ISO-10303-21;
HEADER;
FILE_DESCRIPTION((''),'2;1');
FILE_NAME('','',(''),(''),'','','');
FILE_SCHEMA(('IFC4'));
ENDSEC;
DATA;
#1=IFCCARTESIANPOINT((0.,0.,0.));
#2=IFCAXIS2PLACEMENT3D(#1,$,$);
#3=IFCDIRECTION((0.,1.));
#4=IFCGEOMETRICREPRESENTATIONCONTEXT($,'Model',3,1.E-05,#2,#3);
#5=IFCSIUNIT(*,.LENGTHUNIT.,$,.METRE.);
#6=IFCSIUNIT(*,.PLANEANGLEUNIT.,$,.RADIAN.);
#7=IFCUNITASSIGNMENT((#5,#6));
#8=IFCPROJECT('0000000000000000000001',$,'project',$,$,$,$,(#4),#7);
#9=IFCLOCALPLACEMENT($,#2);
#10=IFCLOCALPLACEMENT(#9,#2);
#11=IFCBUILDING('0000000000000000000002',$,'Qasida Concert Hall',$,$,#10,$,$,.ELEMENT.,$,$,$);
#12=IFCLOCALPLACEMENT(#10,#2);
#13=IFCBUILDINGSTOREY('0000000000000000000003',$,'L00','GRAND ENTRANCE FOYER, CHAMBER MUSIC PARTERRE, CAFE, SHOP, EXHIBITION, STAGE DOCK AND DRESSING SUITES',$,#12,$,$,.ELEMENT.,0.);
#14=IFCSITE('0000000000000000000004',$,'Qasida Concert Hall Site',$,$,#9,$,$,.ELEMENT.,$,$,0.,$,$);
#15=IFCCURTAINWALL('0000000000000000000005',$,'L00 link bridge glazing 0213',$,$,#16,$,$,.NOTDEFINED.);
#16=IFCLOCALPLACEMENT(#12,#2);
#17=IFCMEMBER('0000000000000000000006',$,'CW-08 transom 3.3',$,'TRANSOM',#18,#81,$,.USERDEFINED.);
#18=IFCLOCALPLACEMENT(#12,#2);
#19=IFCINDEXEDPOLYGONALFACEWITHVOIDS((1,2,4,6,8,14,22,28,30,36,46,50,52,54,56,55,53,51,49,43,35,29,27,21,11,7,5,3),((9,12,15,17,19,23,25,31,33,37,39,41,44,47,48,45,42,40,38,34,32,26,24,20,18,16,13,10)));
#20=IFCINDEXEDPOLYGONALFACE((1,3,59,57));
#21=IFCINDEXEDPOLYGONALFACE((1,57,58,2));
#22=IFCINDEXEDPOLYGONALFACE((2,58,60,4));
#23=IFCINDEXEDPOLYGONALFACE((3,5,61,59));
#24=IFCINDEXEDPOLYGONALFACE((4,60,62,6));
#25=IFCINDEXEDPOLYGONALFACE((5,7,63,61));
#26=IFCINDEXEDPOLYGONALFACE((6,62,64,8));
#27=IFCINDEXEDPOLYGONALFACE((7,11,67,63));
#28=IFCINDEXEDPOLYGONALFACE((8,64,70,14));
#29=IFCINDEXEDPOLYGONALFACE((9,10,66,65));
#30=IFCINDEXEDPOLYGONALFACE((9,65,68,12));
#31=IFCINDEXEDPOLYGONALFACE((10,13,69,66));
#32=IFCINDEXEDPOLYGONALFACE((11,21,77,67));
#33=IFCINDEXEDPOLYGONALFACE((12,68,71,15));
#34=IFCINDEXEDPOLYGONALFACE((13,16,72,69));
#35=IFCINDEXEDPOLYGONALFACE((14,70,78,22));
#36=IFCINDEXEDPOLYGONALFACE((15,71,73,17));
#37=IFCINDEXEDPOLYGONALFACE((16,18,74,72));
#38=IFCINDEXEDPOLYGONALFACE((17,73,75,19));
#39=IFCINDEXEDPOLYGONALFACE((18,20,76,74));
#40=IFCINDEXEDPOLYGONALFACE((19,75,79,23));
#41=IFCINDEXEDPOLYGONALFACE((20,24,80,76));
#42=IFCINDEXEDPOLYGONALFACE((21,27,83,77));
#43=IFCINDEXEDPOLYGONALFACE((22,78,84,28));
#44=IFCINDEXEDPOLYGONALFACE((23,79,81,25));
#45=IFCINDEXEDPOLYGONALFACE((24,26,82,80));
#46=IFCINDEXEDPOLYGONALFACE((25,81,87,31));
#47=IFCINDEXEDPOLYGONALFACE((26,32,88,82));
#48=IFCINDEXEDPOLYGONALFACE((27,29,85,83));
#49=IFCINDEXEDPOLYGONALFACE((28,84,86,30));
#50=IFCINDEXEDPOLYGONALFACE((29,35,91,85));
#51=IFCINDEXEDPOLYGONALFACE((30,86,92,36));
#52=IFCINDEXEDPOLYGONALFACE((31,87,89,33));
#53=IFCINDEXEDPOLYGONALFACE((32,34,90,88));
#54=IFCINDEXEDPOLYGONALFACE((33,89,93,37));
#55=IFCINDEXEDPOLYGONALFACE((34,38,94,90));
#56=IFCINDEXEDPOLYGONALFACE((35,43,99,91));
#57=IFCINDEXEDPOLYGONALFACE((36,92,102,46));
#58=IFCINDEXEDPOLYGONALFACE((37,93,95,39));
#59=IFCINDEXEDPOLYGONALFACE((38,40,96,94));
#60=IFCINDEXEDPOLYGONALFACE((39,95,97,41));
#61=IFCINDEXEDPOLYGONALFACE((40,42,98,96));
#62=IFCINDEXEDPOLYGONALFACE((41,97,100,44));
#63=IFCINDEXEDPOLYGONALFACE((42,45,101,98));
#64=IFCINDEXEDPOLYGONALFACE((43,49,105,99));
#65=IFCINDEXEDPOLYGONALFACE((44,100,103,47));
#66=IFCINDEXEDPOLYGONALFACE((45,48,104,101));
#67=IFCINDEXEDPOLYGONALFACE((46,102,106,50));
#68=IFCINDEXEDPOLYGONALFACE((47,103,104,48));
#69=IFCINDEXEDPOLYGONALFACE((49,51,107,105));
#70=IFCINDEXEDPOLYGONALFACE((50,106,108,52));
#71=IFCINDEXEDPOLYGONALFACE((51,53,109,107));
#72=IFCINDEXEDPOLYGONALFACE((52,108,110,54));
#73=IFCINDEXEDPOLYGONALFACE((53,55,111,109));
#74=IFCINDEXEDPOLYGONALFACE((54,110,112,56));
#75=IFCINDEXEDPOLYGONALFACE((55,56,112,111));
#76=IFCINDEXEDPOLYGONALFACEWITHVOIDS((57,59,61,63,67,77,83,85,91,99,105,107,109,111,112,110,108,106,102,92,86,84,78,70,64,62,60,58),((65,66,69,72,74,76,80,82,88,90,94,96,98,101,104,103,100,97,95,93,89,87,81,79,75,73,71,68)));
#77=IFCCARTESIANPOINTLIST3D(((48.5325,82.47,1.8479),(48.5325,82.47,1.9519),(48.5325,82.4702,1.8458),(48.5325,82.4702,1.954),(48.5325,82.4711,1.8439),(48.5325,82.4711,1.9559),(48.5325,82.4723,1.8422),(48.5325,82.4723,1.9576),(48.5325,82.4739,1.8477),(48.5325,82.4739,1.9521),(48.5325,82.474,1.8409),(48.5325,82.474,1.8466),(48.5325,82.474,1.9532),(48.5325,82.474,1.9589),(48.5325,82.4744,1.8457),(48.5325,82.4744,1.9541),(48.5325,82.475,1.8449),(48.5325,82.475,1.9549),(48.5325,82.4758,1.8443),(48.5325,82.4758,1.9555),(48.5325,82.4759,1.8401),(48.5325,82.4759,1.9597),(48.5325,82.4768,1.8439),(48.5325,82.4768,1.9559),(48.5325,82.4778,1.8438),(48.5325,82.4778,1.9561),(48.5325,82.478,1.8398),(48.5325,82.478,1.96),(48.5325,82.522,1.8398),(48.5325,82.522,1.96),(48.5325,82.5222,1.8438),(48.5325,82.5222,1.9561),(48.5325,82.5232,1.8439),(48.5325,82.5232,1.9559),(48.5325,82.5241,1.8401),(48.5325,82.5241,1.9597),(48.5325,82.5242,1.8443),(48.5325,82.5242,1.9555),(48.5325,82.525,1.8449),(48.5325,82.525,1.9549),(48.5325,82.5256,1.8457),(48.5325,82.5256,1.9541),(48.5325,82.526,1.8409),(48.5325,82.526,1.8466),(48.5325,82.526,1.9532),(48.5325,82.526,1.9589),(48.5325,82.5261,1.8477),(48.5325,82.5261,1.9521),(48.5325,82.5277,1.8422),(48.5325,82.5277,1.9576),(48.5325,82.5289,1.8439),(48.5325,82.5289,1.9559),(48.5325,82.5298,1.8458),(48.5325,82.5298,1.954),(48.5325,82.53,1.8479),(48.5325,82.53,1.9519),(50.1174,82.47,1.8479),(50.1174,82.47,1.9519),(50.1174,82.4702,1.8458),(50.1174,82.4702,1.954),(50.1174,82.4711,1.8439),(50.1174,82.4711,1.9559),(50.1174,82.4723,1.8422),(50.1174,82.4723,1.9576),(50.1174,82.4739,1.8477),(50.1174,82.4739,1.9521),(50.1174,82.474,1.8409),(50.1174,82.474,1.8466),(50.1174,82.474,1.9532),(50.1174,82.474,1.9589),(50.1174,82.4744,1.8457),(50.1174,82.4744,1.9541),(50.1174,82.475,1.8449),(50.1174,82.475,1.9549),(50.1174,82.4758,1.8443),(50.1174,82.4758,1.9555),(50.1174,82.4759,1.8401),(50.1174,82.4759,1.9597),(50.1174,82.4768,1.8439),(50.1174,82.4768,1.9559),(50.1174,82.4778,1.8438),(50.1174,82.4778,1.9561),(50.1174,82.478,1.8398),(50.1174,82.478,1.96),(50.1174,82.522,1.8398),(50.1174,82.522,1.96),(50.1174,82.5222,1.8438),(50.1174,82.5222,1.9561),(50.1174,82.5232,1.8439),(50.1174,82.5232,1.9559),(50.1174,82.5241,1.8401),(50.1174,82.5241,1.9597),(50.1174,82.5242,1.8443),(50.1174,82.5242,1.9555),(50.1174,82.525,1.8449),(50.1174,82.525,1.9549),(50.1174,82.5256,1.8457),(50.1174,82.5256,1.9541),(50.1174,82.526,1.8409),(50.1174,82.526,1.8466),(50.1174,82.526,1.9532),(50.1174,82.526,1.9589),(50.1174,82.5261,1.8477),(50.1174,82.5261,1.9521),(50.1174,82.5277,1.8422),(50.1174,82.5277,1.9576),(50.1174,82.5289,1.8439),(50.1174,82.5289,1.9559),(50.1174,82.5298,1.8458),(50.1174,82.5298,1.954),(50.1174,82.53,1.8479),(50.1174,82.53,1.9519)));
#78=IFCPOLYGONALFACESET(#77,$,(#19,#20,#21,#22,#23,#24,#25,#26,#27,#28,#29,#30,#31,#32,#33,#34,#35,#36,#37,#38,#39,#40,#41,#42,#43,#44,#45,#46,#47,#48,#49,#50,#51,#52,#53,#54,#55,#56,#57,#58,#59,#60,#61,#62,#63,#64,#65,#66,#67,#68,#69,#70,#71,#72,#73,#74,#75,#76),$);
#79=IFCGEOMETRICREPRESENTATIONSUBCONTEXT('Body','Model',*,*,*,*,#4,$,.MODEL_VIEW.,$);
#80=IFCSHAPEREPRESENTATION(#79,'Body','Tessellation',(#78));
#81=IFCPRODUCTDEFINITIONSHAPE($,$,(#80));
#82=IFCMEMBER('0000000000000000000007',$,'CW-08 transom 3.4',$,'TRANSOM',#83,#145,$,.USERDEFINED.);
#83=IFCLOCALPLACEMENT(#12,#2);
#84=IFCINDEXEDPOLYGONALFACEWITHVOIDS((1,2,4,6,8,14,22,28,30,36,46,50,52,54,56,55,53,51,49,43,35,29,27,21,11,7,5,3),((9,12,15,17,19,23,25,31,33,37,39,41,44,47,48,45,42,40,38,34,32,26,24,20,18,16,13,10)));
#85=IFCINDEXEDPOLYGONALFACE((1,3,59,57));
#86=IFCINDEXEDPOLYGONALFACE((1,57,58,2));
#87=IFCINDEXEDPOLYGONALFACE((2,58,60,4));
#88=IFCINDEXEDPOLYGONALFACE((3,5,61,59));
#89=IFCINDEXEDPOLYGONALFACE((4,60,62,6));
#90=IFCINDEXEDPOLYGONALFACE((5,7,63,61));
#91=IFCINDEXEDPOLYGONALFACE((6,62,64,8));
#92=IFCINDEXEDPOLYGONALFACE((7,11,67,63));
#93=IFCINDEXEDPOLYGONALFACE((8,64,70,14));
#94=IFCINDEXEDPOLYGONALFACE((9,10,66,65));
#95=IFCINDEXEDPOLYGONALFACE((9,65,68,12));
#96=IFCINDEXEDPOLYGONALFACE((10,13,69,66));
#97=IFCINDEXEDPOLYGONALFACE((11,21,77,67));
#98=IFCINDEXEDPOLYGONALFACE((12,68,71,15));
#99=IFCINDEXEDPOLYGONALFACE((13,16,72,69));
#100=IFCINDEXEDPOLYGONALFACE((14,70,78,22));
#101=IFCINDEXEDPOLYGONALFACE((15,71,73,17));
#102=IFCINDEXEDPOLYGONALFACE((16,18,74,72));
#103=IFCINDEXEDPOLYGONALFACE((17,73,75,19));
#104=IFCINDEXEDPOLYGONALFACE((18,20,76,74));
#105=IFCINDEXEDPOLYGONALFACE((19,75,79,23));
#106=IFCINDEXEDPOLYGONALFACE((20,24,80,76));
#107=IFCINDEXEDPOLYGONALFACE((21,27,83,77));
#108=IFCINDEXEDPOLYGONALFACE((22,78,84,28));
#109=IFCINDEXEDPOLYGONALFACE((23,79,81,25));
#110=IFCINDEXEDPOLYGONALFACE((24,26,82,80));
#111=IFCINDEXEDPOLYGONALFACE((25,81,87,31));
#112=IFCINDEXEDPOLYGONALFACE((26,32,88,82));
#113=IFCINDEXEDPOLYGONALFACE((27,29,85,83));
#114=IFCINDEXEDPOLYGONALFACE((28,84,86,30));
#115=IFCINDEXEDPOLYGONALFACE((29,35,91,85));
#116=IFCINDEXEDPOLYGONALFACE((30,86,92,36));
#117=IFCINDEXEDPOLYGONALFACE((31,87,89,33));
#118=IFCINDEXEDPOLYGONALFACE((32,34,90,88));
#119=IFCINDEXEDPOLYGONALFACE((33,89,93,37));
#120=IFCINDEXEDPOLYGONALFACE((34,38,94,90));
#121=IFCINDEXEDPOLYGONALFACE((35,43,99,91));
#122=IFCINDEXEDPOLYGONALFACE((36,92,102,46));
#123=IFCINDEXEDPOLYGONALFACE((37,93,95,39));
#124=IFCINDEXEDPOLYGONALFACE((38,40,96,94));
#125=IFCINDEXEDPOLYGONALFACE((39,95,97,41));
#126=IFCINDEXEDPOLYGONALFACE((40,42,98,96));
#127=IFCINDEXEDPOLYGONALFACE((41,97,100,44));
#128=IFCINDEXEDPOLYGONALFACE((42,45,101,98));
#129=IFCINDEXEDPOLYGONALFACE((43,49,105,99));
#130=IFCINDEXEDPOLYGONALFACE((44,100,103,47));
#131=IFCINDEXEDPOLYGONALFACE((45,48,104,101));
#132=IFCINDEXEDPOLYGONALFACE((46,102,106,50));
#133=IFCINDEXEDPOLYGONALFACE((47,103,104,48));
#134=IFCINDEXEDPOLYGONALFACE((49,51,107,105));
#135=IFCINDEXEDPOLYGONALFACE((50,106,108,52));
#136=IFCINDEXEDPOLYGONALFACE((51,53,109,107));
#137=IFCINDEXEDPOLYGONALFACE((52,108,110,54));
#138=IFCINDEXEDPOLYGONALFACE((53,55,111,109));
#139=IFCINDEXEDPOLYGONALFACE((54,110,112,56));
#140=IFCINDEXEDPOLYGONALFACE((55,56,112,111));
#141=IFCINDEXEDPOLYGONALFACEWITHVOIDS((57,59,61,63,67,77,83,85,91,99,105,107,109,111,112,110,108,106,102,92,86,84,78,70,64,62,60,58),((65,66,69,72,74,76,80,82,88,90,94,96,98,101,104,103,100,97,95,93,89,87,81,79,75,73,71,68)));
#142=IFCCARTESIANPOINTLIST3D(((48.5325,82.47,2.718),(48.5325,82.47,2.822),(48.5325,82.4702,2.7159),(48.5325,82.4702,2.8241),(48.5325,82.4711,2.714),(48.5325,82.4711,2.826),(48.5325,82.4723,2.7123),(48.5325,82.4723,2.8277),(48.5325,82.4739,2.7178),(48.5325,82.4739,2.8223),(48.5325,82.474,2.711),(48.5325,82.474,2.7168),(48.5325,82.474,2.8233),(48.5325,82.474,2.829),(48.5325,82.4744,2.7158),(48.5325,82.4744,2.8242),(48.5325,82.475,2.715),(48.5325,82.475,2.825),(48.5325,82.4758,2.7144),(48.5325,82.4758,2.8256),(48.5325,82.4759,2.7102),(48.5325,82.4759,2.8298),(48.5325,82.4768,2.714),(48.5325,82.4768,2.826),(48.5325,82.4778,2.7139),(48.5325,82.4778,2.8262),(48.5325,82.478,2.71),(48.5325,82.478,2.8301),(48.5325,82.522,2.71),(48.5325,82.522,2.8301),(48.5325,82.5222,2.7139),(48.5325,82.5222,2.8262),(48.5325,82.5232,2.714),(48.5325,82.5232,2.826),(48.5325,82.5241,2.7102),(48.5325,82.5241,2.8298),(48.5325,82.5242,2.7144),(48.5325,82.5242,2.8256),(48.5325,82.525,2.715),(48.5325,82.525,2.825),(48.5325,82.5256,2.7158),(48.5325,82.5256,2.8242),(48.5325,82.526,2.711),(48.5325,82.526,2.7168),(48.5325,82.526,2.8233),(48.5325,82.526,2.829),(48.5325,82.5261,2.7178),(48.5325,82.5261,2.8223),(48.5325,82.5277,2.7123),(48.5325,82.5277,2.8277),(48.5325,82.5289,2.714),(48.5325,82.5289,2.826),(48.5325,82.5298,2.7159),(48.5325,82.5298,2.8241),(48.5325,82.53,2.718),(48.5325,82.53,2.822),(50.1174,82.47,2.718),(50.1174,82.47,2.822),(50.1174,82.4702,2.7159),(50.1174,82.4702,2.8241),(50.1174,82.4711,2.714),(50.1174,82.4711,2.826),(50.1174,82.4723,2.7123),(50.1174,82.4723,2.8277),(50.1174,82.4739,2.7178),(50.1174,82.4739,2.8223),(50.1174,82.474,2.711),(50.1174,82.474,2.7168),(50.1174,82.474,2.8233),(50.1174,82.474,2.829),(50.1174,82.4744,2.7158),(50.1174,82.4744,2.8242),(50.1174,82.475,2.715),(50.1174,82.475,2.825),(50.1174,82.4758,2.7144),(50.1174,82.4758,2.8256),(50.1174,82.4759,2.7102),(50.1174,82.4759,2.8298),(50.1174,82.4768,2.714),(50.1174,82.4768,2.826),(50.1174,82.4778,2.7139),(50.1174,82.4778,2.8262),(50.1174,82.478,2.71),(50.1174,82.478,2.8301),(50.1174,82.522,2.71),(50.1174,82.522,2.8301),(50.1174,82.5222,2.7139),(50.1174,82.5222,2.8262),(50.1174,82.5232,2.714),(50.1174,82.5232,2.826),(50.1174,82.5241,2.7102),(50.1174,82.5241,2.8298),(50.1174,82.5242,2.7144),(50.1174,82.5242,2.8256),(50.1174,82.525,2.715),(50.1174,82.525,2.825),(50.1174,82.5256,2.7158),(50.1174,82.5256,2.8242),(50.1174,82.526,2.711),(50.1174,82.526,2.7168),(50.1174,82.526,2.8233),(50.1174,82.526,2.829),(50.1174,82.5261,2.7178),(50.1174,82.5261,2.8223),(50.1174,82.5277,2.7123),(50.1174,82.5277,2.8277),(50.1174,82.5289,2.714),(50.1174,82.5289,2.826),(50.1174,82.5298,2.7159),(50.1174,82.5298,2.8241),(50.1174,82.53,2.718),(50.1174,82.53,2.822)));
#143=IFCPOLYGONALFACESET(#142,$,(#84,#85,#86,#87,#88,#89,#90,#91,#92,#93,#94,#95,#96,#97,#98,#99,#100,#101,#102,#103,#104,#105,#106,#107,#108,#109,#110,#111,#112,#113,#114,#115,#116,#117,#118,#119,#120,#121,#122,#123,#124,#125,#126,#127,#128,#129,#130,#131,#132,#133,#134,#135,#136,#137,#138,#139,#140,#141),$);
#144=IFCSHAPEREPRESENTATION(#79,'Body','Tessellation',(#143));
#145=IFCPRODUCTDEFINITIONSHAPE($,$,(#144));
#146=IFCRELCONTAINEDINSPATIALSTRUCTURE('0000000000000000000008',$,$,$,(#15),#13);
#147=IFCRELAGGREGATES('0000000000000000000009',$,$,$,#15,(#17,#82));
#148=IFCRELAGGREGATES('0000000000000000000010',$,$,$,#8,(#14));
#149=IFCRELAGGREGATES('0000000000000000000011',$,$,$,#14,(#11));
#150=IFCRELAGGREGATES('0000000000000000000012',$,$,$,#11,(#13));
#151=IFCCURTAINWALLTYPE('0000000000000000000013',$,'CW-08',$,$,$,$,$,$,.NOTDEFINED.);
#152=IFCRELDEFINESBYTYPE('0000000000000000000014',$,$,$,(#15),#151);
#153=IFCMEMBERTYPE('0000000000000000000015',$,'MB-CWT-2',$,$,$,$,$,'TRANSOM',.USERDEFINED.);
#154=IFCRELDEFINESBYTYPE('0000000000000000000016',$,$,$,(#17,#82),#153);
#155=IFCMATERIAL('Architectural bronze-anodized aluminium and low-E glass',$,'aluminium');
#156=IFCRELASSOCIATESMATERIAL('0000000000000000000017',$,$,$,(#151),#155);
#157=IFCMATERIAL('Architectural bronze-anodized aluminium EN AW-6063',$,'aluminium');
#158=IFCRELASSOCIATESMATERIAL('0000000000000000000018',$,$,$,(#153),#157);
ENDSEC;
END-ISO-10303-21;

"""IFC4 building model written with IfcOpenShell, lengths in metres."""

from ifc_helpers import new_model, si_unit, direction, frame, origin, origin_2d, place, context, subcontext, project, spatial, hollow_rectangle, extrude, material, material_profile, profile_set, type_object, element, aggregate, save


model = new_model("IFC4")

# Units and contexts
model_context = context("Model", 3, precision=1e-05, world=origin(), true_north=direction((0.0, 1.0)))
body_context = subcontext(model_context, "Body", "Model", "MODEL_VIEW")
ifc_project = project(units=[si_unit("LENGTHUNIT", "METRE"), si_unit("PLANEANGLEUNIT", "RADIAN")], contexts=[model_context])

# Site, building, storey
site_placement = place(None, origin())
site = spatial("IfcSite", under=ifc_project, at=site_placement, Name="Qasida Concert Hall Site", CompositionType="ELEMENT", RefElevation=0.0)
building_placement = place(site_placement, origin())
building = spatial("IfcBuilding", under=site, at=building_placement, Name="Qasida Concert Hall", CompositionType="ELEMENT")
storey_placement = place(building_placement, origin())
storey = spatial("IfcBuildingStorey", under=building, at=storey_placement, Name="L00", Description="GRAND ENTRANCE FOYER, CHAMBER MUSIC PARTERRE, CAFE, SHOP, EXHIBITION, STAGE DOCK AND DRESSING SUITES", CompositionType="ELEMENT", Elevation=0.0)

# Curtain wall, members
ifc_material_1 = material(Name="Architectural bronze-anodized aluminium and low-E glass", Category="aluminium")
curtain_wall_type = type_object("IfcCurtainWallType", Name="CW-08", PredefinedType="NOTDEFINED", material=ifc_material_1)
curtain_wall_placement = place(storey_placement, origin())
curtain_wall = element("IfcCurtainWall", 1, at=curtain_wall_placement, inside=storey, type_object=curtain_wall_type, Name="L00 link bridge glazing 0213", PredefinedType="NOTDEFINED")
ifc_material_2 = material(Name="Architectural bronze-anodized aluminium EN AW-6063", Category="aluminium")
ifc_material_profile_1 = material_profile(ifc_material_2, hollow_rectangle(XDim=0.0601, YDim=0.1201, WallThickness=0.0039, InnerFilletRadius=0.0039, OuterFilletRadius=0.0081, at=origin_2d()), Name="CWT 120x60x4")
ifc_profile_set_1 = profile_set([ifc_material_profile_1], Name="Architectural bronze-anodized aluminium EN AW-6063")
member_type_1 = type_object("IfcMemberType", Name="MB-CWT-2", ElementType="TRANSOM", PredefinedType="USERDEFINED", material=ifc_profile_set_1)
member_1_placement = place(storey_placement, frame((48.5325, 82.5, 1.8999), z_axis=(1.0, 0.0, 0.0), x_axis=(0.0, 1.0, 0.0)))
member_1 = element("IfcMember", 2, at=member_1_placement, type_object=member_type_1, Name="CW-08 transom 3.3", ObjectType="TRANSOM", PredefinedType="USERDEFINED", context=body_context, shape_type="SweptSolid", body=[
    extrude(hollow_rectangle(XDim=0.0601, YDim=0.1201, WallThickness=0.0039, InnerFilletRadius=0.0039, OuterFilletRadius=0.0081, at=origin_2d()), origin(), (0.0, 0.0, 1.0), 1.585),
])
member_2_placement = place(storey_placement, frame((48.5325, 82.5, 2.77), z_axis=(1.0, 0.0, 0.0), x_axis=(0.0, 1.0, 0.0)))
member_2 = element("IfcMember", 3, at=member_2_placement, type_object=member_type_1, Name="CW-08 transom 3.4", ObjectType="TRANSOM", PredefinedType="USERDEFINED", context=body_context, shape_type="SweptSolid", body=[
    extrude(hollow_rectangle(XDim=0.0601, YDim=0.1201, WallThickness=0.0039, InnerFilletRadius=0.0039, OuterFilletRadius=0.0081, at=origin_2d()), origin(), (0.0, 0.0, 1.0), 1.585),
])
aggregate(curtain_wall, [member_1, member_2])

save(model, "model.ifc")
